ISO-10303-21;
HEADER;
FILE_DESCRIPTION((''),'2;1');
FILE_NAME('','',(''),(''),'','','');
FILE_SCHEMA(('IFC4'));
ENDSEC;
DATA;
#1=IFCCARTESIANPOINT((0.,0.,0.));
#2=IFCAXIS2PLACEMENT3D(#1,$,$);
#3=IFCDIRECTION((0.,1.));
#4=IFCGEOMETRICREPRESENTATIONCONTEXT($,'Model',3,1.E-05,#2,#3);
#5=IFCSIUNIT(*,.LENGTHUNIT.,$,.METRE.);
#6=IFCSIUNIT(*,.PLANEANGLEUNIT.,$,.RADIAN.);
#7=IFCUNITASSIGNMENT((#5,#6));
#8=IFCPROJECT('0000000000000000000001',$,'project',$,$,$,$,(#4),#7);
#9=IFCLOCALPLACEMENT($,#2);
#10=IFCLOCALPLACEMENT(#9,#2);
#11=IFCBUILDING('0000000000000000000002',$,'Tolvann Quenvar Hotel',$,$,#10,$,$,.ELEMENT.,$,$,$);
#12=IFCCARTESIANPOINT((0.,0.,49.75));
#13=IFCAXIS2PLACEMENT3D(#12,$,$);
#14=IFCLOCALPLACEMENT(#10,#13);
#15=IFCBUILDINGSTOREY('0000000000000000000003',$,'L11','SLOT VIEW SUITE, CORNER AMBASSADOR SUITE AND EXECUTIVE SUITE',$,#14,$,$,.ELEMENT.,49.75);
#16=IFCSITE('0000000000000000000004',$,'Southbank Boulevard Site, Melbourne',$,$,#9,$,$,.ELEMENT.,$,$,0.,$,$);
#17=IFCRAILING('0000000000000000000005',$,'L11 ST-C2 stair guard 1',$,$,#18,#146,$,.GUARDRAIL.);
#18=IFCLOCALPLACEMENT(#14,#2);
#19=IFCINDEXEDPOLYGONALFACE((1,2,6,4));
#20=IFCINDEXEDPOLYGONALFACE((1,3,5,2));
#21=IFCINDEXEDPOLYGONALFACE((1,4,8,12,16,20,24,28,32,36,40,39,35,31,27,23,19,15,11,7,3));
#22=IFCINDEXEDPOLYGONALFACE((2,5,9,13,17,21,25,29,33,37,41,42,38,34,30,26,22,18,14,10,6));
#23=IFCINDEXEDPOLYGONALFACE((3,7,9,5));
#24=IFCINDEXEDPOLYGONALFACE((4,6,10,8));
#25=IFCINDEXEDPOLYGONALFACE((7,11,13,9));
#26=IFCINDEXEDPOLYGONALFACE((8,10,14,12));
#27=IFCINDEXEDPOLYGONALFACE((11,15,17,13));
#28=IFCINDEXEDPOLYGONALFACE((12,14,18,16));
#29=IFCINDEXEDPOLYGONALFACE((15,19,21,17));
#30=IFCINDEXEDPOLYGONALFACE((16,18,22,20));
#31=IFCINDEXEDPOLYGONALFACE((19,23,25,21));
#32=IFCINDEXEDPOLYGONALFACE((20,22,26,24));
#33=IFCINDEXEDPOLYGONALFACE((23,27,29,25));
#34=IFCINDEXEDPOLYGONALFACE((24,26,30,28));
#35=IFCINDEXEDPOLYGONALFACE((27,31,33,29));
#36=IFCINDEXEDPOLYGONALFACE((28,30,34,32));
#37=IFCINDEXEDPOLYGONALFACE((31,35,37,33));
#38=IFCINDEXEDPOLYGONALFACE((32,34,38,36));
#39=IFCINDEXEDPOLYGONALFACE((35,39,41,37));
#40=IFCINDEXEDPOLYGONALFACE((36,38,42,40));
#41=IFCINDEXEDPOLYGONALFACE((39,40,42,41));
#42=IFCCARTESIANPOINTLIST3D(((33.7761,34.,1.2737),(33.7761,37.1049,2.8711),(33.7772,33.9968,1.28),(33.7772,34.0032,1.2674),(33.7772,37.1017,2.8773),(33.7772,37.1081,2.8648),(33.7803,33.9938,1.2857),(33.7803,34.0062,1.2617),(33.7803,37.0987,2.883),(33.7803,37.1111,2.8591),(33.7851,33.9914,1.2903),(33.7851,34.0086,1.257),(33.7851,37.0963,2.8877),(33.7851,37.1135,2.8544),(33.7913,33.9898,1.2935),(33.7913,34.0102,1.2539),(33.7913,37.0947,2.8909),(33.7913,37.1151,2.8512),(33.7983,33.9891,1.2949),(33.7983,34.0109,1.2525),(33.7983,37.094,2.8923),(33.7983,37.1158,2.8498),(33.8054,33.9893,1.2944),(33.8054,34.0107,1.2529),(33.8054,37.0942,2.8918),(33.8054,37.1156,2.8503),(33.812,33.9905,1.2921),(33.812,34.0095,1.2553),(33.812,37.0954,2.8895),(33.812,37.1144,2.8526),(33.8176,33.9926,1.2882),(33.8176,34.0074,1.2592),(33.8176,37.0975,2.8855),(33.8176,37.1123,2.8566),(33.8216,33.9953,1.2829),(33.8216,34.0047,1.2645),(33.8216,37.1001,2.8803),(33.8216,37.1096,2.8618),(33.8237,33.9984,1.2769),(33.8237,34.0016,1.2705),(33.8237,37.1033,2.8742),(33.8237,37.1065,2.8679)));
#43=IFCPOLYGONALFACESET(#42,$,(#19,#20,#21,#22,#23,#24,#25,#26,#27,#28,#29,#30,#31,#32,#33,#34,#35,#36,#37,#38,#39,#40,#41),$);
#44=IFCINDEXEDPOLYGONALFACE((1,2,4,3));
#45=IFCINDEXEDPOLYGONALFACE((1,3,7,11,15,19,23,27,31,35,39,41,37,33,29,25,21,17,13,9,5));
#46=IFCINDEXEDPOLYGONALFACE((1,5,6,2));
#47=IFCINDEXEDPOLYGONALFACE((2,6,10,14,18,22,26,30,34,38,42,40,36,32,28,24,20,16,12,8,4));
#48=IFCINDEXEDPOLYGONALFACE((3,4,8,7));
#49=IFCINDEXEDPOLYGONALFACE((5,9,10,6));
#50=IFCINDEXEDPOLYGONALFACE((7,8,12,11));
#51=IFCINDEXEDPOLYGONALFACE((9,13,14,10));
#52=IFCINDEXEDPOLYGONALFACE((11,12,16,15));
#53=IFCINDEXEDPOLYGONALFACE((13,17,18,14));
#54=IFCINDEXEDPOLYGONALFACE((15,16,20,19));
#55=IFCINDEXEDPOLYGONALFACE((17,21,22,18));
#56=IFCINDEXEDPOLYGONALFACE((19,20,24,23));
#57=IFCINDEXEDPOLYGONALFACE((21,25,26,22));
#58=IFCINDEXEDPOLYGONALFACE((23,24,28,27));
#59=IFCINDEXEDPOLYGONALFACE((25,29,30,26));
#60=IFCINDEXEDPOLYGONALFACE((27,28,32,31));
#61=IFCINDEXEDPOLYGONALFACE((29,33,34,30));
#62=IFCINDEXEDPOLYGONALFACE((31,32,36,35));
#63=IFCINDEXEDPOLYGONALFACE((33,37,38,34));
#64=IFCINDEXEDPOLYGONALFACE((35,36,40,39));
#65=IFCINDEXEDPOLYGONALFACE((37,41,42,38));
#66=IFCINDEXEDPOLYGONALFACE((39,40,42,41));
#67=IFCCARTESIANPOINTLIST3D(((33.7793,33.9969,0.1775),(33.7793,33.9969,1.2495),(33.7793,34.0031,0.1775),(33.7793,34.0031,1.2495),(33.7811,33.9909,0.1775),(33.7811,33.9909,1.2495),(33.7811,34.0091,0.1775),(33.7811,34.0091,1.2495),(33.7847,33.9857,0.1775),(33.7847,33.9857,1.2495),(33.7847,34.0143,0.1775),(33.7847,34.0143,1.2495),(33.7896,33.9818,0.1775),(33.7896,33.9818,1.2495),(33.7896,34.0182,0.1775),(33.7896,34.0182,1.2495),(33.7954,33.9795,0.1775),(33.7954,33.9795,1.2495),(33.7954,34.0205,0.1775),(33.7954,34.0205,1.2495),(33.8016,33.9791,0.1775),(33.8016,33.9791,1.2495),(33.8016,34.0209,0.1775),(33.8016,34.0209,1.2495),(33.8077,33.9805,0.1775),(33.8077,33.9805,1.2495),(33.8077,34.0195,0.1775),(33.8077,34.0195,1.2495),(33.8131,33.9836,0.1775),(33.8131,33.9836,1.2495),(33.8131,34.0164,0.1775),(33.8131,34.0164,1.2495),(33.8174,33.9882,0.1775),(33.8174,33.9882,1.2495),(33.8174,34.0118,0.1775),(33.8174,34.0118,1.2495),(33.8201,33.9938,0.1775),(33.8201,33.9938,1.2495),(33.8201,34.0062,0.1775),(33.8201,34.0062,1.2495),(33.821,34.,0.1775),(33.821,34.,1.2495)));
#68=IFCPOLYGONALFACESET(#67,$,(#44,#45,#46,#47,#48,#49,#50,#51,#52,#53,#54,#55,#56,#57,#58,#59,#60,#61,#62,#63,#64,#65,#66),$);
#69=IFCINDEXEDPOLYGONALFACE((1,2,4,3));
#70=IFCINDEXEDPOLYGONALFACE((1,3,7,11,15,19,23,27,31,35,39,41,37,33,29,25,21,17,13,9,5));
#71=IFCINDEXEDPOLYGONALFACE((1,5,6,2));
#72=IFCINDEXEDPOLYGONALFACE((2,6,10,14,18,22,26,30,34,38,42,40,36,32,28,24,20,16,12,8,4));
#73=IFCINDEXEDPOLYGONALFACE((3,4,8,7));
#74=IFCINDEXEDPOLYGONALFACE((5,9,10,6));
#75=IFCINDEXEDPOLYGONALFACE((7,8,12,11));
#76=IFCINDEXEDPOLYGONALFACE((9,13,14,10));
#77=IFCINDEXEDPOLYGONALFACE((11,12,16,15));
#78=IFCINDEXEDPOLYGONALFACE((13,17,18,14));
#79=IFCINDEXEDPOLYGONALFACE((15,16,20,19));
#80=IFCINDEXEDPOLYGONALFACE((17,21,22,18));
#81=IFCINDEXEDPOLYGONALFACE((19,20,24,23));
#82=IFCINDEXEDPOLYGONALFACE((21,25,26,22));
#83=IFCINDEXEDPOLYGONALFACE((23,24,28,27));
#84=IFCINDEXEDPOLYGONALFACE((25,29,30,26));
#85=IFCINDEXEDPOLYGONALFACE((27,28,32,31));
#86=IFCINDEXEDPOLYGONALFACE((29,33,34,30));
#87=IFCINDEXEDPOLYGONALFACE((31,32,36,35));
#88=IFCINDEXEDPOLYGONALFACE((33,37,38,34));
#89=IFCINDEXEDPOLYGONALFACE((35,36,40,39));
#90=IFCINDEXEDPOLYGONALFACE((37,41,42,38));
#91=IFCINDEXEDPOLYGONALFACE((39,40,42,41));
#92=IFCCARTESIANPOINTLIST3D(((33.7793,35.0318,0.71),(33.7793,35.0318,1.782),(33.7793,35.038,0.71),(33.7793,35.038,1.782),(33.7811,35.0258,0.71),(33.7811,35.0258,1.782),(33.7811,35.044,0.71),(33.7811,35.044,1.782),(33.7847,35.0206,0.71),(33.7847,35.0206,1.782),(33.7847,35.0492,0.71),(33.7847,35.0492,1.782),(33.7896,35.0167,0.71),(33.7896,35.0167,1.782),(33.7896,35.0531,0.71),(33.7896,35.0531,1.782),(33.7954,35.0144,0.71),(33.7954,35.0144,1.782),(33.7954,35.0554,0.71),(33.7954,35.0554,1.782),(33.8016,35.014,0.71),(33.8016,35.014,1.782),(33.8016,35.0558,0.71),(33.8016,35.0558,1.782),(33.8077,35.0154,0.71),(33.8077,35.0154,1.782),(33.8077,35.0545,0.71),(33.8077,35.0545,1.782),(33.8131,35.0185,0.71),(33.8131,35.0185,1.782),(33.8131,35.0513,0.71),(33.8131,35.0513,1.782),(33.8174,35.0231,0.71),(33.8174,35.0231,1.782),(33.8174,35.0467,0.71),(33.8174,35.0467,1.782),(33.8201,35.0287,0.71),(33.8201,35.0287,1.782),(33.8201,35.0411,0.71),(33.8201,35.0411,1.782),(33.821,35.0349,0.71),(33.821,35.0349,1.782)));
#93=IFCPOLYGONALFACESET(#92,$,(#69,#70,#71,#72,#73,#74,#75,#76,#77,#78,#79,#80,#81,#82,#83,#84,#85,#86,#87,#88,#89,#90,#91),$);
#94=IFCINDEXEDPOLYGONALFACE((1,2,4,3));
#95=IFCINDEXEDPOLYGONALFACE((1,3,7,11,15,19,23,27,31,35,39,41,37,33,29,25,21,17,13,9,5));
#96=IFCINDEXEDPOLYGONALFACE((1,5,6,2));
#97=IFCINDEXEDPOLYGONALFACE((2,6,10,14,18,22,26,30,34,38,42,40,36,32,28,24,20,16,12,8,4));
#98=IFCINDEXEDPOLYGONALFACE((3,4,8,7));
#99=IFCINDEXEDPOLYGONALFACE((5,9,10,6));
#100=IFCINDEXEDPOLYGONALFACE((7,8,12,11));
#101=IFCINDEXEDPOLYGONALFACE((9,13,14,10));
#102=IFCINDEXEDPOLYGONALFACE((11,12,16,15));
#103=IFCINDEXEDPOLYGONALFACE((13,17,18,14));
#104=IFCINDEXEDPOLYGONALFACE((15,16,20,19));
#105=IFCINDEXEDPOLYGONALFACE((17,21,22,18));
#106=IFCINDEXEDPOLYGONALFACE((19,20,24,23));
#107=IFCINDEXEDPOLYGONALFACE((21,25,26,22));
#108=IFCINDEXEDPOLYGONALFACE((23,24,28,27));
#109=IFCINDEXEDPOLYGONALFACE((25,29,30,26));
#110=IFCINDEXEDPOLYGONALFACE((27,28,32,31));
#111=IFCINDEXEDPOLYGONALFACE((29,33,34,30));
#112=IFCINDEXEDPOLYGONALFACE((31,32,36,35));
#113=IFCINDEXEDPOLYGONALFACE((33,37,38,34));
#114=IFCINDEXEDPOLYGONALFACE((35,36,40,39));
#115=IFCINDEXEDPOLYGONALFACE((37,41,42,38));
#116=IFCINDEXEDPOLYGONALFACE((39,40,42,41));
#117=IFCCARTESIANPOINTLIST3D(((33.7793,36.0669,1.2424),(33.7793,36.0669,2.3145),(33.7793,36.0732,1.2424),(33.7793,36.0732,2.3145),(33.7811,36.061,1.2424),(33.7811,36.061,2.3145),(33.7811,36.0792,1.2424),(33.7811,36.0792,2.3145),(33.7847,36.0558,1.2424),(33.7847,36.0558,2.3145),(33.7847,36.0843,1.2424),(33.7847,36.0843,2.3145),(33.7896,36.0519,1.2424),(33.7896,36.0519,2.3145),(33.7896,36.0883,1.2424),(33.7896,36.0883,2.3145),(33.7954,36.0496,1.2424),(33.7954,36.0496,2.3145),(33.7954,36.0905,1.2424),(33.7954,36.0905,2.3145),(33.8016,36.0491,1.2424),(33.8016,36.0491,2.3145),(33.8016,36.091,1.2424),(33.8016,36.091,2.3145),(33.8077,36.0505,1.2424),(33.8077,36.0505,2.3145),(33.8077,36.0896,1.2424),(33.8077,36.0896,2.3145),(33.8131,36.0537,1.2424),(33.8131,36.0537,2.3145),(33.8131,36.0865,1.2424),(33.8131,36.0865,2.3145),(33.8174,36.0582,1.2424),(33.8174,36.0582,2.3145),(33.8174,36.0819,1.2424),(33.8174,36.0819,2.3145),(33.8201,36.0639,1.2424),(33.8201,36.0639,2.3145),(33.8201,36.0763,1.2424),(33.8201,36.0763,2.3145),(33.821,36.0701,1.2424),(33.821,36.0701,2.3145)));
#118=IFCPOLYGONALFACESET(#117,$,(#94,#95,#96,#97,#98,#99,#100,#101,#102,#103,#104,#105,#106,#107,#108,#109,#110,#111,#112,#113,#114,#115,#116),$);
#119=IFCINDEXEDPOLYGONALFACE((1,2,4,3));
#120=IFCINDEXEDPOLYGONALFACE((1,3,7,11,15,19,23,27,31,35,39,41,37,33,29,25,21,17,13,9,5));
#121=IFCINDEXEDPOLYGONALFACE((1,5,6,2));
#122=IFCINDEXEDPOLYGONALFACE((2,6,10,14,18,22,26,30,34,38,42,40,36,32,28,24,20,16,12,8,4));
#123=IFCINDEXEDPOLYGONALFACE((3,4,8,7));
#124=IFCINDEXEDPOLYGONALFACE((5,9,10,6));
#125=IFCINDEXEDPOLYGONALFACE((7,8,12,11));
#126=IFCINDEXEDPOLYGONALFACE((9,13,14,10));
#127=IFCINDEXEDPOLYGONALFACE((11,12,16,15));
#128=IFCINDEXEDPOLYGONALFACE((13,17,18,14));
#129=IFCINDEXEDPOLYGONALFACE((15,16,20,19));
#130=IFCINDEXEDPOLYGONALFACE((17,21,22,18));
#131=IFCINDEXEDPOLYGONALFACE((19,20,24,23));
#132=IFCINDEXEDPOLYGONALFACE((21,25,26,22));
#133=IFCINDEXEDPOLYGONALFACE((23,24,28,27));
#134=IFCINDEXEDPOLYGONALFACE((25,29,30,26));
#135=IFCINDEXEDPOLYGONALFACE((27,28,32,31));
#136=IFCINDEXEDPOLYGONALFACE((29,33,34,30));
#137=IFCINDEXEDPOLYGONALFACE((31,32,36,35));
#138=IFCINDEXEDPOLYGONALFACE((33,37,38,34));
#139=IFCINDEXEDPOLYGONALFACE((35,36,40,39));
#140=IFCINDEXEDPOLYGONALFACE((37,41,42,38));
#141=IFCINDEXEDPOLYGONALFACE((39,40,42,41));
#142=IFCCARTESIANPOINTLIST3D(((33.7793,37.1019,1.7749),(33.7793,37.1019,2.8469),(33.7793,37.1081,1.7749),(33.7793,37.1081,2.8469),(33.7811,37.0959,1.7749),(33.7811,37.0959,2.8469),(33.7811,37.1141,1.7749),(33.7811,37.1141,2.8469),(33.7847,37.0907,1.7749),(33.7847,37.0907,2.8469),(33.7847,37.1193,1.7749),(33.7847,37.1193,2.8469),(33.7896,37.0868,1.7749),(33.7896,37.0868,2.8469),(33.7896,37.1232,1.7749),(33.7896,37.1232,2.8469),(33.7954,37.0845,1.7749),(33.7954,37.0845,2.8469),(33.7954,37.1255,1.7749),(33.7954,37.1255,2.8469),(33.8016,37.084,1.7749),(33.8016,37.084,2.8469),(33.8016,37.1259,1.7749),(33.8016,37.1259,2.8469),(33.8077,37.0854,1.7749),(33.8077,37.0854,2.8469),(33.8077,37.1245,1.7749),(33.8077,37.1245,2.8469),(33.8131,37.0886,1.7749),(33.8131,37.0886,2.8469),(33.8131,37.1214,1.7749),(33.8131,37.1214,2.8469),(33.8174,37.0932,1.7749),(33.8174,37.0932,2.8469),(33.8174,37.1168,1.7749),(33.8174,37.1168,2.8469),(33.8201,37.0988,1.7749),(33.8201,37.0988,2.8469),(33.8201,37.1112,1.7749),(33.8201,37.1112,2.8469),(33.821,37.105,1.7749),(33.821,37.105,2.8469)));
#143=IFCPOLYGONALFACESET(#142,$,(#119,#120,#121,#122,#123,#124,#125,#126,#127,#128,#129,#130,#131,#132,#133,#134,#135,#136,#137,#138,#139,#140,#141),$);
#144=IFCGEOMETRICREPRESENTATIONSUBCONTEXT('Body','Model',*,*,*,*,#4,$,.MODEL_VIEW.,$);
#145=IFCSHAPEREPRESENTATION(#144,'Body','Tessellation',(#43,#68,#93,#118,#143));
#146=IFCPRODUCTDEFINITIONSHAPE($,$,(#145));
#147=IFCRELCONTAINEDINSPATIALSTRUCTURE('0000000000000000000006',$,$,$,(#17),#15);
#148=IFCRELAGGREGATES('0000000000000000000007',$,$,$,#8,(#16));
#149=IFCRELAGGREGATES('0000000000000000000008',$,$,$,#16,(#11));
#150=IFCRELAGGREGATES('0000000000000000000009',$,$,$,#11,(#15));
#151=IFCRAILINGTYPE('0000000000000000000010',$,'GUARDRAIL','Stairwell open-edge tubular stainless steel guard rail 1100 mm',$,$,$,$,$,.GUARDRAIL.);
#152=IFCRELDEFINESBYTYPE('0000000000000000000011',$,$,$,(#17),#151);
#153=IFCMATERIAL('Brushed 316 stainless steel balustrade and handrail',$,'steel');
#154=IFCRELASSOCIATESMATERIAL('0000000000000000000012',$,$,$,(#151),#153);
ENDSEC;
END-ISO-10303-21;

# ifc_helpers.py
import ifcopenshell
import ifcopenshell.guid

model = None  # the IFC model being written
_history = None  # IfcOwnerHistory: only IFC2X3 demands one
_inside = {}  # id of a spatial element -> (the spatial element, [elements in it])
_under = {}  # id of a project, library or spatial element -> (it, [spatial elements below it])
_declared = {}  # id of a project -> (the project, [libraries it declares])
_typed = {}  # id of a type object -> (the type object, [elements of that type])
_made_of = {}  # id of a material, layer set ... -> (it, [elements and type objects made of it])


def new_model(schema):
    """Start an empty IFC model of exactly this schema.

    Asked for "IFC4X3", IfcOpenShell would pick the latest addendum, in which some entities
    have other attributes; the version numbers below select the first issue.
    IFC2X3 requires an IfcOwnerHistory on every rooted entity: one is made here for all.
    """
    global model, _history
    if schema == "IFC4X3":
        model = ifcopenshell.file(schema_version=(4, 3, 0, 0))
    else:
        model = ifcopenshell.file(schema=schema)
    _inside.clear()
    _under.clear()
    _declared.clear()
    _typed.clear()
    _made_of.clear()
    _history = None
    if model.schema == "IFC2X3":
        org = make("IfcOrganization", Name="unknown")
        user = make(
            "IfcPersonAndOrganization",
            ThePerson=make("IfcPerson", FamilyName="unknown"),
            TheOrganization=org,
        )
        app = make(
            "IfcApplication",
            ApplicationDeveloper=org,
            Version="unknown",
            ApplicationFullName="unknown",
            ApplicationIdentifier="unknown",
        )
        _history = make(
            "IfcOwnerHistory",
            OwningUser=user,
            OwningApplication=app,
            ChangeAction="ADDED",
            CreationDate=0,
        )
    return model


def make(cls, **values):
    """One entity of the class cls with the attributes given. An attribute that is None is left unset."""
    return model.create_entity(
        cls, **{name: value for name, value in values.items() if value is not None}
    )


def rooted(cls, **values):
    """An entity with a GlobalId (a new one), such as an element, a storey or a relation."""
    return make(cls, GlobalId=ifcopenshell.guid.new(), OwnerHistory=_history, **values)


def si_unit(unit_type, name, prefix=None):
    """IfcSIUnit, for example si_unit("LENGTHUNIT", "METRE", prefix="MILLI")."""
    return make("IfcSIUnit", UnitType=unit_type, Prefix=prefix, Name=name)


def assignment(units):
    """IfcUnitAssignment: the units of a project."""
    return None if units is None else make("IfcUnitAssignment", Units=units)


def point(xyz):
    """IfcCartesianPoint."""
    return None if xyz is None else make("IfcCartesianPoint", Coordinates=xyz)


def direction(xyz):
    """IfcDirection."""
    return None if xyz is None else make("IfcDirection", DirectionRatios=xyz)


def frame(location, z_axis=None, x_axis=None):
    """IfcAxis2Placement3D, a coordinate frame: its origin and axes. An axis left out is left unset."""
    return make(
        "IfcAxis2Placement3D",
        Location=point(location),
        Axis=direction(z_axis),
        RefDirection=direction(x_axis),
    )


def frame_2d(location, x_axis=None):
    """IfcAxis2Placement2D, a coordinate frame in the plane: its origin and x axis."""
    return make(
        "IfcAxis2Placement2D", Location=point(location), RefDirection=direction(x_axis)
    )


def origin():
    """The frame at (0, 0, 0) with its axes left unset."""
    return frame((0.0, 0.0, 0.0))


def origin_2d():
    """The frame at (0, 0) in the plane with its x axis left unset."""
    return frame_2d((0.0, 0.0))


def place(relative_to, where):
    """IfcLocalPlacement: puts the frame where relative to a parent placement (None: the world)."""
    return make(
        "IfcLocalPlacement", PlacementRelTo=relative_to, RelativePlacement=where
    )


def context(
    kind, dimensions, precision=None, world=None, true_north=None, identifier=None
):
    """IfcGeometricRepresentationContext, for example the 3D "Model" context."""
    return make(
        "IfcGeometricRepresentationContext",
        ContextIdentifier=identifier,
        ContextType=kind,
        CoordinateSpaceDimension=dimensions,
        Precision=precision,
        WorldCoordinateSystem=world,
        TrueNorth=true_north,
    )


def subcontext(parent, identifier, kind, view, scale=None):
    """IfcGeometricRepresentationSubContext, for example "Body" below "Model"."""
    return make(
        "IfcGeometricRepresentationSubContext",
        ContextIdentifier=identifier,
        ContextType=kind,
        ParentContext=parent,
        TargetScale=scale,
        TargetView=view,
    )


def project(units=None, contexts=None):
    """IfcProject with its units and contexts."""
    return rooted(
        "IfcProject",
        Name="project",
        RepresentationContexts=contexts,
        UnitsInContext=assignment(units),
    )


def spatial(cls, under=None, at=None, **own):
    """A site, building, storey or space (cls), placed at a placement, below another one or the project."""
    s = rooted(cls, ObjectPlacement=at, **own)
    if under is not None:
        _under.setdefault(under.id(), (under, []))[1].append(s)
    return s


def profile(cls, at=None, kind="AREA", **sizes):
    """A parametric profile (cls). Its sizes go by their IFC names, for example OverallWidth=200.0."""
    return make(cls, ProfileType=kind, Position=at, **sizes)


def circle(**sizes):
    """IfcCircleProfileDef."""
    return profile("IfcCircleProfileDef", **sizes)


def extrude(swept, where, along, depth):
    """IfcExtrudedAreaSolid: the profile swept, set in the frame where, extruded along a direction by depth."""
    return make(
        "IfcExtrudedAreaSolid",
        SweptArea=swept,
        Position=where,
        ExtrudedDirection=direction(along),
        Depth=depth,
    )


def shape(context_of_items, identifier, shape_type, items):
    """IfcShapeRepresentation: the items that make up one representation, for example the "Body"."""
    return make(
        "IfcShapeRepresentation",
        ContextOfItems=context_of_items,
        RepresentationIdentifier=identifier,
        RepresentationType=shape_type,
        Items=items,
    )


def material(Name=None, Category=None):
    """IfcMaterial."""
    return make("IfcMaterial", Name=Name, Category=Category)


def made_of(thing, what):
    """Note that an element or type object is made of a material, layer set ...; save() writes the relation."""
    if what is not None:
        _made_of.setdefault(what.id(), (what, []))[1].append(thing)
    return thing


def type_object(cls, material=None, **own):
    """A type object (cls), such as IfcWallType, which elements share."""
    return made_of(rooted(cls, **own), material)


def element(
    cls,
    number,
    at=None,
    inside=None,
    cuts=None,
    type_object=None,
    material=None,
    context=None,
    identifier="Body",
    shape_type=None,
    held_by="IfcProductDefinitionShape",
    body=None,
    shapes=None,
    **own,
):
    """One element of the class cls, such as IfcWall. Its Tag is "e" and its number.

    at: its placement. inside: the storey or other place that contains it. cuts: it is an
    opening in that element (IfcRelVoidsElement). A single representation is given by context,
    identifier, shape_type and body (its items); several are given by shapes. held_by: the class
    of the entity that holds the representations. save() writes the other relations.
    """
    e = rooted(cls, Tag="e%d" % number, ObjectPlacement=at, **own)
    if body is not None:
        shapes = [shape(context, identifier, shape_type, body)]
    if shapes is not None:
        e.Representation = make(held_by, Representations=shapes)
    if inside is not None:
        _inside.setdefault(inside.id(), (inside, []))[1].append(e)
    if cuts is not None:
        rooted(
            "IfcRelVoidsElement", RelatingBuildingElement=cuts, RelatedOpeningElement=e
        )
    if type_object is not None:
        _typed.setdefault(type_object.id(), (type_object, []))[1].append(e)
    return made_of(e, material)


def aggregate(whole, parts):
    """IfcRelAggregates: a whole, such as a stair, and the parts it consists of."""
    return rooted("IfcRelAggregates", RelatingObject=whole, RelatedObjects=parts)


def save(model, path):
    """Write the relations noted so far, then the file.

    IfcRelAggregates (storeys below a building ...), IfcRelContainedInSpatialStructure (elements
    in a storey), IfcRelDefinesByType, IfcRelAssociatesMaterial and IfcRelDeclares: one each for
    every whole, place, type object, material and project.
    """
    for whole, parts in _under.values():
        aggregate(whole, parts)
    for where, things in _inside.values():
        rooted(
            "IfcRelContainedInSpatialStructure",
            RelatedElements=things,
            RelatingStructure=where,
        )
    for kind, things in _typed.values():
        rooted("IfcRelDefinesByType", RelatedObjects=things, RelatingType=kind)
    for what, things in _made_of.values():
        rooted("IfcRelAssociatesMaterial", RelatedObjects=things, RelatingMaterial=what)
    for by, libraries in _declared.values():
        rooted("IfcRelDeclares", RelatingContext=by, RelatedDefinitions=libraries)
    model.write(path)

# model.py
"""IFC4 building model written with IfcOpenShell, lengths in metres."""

from ifc_helpers import new_model, si_unit, direction, frame, origin, origin_2d, place, context, subcontext, project, spatial, circle, extrude, material, type_object, element, save


model = new_model("IFC4")

# Units and contexts
model_context = context("Model", 3, precision=1e-05, world=origin(), true_north=direction((0.0, 1.0)))
body_context = subcontext(model_context, "Body", "Model", "MODEL_VIEW")
ifc_project = project(units=[si_unit("LENGTHUNIT", "METRE"), si_unit("PLANEANGLEUNIT", "RADIAN")], contexts=[model_context])

# Site, building, storey
site_placement = place(None, origin())
site = spatial("IfcSite", under=ifc_project, at=site_placement, Name="Southbank Boulevard Site, Melbourne", CompositionType="ELEMENT", RefElevation=0.0)
building_placement = place(site_placement, origin())
building = spatial("IfcBuilding", under=site, at=building_placement, Name="Tolvann Quenvar Hotel", CompositionType="ELEMENT")
storey_placement = place(building_placement, frame((0.0, 0.0, 49.75)))
storey = spatial("IfcBuildingStorey", under=building, at=storey_placement, Name="L11", Description="SLOT VIEW SUITE, CORNER AMBASSADOR SUITE AND EXECUTIVE SUITE", CompositionType="ELEMENT", Elevation=49.75)

# Railing
ifc_material_1 = material(Name="Brushed 316 stainless steel balustrade and handrail", Category="steel")
railing_type_1 = type_object("IfcRailingType", Name="GUARDRAIL", Description="Stairwell open-edge tubular stainless steel guard rail 1100 mm", PredefinedType="GUARDRAIL", material=ifc_material_1)
railing_1_placement = place(storey_placement, frame((33.8, 34.0, 0.1775)))
element("IfcRailing", 1, at=railing_1_placement, inside=storey, type_object=railing_type_1, Name="L11 ST-C2 stair guard 1", PredefinedType="GUARDRAIL", context=body_context, shape_type="SweptSolid", body=[
    extrude(circle(Radius=0.0239, at=origin_2d()), frame((0.0, 0.0, 1.0962), z_axis=(0.0, 0.889222, 0.457476), x_axis=(-1.0, 0.0, 0.0)), (0.0, 0.0, 1.0), 3.4917),
    extrude(circle(Radius=0.021, at=origin_2d()), origin(), (0.0, 0.0, 1.0), 1.072),
    extrude(circle(Radius=0.021, at=origin_2d()), frame((0.0, 1.0349, 0.5325)), (0.0, 0.0, 1.0), 1.072),
    extrude(circle(Radius=0.021, at=origin_2d()), frame((0.0, 2.0701, 1.0649)), (0.0, 0.0, 1.0), 1.072),
    extrude(circle(Radius=0.021, at=origin_2d()), frame((0.0, 3.105, 1.5974)), (0.0, 0.0, 1.0), 1.072),
])

save(model, "model.ifc")
